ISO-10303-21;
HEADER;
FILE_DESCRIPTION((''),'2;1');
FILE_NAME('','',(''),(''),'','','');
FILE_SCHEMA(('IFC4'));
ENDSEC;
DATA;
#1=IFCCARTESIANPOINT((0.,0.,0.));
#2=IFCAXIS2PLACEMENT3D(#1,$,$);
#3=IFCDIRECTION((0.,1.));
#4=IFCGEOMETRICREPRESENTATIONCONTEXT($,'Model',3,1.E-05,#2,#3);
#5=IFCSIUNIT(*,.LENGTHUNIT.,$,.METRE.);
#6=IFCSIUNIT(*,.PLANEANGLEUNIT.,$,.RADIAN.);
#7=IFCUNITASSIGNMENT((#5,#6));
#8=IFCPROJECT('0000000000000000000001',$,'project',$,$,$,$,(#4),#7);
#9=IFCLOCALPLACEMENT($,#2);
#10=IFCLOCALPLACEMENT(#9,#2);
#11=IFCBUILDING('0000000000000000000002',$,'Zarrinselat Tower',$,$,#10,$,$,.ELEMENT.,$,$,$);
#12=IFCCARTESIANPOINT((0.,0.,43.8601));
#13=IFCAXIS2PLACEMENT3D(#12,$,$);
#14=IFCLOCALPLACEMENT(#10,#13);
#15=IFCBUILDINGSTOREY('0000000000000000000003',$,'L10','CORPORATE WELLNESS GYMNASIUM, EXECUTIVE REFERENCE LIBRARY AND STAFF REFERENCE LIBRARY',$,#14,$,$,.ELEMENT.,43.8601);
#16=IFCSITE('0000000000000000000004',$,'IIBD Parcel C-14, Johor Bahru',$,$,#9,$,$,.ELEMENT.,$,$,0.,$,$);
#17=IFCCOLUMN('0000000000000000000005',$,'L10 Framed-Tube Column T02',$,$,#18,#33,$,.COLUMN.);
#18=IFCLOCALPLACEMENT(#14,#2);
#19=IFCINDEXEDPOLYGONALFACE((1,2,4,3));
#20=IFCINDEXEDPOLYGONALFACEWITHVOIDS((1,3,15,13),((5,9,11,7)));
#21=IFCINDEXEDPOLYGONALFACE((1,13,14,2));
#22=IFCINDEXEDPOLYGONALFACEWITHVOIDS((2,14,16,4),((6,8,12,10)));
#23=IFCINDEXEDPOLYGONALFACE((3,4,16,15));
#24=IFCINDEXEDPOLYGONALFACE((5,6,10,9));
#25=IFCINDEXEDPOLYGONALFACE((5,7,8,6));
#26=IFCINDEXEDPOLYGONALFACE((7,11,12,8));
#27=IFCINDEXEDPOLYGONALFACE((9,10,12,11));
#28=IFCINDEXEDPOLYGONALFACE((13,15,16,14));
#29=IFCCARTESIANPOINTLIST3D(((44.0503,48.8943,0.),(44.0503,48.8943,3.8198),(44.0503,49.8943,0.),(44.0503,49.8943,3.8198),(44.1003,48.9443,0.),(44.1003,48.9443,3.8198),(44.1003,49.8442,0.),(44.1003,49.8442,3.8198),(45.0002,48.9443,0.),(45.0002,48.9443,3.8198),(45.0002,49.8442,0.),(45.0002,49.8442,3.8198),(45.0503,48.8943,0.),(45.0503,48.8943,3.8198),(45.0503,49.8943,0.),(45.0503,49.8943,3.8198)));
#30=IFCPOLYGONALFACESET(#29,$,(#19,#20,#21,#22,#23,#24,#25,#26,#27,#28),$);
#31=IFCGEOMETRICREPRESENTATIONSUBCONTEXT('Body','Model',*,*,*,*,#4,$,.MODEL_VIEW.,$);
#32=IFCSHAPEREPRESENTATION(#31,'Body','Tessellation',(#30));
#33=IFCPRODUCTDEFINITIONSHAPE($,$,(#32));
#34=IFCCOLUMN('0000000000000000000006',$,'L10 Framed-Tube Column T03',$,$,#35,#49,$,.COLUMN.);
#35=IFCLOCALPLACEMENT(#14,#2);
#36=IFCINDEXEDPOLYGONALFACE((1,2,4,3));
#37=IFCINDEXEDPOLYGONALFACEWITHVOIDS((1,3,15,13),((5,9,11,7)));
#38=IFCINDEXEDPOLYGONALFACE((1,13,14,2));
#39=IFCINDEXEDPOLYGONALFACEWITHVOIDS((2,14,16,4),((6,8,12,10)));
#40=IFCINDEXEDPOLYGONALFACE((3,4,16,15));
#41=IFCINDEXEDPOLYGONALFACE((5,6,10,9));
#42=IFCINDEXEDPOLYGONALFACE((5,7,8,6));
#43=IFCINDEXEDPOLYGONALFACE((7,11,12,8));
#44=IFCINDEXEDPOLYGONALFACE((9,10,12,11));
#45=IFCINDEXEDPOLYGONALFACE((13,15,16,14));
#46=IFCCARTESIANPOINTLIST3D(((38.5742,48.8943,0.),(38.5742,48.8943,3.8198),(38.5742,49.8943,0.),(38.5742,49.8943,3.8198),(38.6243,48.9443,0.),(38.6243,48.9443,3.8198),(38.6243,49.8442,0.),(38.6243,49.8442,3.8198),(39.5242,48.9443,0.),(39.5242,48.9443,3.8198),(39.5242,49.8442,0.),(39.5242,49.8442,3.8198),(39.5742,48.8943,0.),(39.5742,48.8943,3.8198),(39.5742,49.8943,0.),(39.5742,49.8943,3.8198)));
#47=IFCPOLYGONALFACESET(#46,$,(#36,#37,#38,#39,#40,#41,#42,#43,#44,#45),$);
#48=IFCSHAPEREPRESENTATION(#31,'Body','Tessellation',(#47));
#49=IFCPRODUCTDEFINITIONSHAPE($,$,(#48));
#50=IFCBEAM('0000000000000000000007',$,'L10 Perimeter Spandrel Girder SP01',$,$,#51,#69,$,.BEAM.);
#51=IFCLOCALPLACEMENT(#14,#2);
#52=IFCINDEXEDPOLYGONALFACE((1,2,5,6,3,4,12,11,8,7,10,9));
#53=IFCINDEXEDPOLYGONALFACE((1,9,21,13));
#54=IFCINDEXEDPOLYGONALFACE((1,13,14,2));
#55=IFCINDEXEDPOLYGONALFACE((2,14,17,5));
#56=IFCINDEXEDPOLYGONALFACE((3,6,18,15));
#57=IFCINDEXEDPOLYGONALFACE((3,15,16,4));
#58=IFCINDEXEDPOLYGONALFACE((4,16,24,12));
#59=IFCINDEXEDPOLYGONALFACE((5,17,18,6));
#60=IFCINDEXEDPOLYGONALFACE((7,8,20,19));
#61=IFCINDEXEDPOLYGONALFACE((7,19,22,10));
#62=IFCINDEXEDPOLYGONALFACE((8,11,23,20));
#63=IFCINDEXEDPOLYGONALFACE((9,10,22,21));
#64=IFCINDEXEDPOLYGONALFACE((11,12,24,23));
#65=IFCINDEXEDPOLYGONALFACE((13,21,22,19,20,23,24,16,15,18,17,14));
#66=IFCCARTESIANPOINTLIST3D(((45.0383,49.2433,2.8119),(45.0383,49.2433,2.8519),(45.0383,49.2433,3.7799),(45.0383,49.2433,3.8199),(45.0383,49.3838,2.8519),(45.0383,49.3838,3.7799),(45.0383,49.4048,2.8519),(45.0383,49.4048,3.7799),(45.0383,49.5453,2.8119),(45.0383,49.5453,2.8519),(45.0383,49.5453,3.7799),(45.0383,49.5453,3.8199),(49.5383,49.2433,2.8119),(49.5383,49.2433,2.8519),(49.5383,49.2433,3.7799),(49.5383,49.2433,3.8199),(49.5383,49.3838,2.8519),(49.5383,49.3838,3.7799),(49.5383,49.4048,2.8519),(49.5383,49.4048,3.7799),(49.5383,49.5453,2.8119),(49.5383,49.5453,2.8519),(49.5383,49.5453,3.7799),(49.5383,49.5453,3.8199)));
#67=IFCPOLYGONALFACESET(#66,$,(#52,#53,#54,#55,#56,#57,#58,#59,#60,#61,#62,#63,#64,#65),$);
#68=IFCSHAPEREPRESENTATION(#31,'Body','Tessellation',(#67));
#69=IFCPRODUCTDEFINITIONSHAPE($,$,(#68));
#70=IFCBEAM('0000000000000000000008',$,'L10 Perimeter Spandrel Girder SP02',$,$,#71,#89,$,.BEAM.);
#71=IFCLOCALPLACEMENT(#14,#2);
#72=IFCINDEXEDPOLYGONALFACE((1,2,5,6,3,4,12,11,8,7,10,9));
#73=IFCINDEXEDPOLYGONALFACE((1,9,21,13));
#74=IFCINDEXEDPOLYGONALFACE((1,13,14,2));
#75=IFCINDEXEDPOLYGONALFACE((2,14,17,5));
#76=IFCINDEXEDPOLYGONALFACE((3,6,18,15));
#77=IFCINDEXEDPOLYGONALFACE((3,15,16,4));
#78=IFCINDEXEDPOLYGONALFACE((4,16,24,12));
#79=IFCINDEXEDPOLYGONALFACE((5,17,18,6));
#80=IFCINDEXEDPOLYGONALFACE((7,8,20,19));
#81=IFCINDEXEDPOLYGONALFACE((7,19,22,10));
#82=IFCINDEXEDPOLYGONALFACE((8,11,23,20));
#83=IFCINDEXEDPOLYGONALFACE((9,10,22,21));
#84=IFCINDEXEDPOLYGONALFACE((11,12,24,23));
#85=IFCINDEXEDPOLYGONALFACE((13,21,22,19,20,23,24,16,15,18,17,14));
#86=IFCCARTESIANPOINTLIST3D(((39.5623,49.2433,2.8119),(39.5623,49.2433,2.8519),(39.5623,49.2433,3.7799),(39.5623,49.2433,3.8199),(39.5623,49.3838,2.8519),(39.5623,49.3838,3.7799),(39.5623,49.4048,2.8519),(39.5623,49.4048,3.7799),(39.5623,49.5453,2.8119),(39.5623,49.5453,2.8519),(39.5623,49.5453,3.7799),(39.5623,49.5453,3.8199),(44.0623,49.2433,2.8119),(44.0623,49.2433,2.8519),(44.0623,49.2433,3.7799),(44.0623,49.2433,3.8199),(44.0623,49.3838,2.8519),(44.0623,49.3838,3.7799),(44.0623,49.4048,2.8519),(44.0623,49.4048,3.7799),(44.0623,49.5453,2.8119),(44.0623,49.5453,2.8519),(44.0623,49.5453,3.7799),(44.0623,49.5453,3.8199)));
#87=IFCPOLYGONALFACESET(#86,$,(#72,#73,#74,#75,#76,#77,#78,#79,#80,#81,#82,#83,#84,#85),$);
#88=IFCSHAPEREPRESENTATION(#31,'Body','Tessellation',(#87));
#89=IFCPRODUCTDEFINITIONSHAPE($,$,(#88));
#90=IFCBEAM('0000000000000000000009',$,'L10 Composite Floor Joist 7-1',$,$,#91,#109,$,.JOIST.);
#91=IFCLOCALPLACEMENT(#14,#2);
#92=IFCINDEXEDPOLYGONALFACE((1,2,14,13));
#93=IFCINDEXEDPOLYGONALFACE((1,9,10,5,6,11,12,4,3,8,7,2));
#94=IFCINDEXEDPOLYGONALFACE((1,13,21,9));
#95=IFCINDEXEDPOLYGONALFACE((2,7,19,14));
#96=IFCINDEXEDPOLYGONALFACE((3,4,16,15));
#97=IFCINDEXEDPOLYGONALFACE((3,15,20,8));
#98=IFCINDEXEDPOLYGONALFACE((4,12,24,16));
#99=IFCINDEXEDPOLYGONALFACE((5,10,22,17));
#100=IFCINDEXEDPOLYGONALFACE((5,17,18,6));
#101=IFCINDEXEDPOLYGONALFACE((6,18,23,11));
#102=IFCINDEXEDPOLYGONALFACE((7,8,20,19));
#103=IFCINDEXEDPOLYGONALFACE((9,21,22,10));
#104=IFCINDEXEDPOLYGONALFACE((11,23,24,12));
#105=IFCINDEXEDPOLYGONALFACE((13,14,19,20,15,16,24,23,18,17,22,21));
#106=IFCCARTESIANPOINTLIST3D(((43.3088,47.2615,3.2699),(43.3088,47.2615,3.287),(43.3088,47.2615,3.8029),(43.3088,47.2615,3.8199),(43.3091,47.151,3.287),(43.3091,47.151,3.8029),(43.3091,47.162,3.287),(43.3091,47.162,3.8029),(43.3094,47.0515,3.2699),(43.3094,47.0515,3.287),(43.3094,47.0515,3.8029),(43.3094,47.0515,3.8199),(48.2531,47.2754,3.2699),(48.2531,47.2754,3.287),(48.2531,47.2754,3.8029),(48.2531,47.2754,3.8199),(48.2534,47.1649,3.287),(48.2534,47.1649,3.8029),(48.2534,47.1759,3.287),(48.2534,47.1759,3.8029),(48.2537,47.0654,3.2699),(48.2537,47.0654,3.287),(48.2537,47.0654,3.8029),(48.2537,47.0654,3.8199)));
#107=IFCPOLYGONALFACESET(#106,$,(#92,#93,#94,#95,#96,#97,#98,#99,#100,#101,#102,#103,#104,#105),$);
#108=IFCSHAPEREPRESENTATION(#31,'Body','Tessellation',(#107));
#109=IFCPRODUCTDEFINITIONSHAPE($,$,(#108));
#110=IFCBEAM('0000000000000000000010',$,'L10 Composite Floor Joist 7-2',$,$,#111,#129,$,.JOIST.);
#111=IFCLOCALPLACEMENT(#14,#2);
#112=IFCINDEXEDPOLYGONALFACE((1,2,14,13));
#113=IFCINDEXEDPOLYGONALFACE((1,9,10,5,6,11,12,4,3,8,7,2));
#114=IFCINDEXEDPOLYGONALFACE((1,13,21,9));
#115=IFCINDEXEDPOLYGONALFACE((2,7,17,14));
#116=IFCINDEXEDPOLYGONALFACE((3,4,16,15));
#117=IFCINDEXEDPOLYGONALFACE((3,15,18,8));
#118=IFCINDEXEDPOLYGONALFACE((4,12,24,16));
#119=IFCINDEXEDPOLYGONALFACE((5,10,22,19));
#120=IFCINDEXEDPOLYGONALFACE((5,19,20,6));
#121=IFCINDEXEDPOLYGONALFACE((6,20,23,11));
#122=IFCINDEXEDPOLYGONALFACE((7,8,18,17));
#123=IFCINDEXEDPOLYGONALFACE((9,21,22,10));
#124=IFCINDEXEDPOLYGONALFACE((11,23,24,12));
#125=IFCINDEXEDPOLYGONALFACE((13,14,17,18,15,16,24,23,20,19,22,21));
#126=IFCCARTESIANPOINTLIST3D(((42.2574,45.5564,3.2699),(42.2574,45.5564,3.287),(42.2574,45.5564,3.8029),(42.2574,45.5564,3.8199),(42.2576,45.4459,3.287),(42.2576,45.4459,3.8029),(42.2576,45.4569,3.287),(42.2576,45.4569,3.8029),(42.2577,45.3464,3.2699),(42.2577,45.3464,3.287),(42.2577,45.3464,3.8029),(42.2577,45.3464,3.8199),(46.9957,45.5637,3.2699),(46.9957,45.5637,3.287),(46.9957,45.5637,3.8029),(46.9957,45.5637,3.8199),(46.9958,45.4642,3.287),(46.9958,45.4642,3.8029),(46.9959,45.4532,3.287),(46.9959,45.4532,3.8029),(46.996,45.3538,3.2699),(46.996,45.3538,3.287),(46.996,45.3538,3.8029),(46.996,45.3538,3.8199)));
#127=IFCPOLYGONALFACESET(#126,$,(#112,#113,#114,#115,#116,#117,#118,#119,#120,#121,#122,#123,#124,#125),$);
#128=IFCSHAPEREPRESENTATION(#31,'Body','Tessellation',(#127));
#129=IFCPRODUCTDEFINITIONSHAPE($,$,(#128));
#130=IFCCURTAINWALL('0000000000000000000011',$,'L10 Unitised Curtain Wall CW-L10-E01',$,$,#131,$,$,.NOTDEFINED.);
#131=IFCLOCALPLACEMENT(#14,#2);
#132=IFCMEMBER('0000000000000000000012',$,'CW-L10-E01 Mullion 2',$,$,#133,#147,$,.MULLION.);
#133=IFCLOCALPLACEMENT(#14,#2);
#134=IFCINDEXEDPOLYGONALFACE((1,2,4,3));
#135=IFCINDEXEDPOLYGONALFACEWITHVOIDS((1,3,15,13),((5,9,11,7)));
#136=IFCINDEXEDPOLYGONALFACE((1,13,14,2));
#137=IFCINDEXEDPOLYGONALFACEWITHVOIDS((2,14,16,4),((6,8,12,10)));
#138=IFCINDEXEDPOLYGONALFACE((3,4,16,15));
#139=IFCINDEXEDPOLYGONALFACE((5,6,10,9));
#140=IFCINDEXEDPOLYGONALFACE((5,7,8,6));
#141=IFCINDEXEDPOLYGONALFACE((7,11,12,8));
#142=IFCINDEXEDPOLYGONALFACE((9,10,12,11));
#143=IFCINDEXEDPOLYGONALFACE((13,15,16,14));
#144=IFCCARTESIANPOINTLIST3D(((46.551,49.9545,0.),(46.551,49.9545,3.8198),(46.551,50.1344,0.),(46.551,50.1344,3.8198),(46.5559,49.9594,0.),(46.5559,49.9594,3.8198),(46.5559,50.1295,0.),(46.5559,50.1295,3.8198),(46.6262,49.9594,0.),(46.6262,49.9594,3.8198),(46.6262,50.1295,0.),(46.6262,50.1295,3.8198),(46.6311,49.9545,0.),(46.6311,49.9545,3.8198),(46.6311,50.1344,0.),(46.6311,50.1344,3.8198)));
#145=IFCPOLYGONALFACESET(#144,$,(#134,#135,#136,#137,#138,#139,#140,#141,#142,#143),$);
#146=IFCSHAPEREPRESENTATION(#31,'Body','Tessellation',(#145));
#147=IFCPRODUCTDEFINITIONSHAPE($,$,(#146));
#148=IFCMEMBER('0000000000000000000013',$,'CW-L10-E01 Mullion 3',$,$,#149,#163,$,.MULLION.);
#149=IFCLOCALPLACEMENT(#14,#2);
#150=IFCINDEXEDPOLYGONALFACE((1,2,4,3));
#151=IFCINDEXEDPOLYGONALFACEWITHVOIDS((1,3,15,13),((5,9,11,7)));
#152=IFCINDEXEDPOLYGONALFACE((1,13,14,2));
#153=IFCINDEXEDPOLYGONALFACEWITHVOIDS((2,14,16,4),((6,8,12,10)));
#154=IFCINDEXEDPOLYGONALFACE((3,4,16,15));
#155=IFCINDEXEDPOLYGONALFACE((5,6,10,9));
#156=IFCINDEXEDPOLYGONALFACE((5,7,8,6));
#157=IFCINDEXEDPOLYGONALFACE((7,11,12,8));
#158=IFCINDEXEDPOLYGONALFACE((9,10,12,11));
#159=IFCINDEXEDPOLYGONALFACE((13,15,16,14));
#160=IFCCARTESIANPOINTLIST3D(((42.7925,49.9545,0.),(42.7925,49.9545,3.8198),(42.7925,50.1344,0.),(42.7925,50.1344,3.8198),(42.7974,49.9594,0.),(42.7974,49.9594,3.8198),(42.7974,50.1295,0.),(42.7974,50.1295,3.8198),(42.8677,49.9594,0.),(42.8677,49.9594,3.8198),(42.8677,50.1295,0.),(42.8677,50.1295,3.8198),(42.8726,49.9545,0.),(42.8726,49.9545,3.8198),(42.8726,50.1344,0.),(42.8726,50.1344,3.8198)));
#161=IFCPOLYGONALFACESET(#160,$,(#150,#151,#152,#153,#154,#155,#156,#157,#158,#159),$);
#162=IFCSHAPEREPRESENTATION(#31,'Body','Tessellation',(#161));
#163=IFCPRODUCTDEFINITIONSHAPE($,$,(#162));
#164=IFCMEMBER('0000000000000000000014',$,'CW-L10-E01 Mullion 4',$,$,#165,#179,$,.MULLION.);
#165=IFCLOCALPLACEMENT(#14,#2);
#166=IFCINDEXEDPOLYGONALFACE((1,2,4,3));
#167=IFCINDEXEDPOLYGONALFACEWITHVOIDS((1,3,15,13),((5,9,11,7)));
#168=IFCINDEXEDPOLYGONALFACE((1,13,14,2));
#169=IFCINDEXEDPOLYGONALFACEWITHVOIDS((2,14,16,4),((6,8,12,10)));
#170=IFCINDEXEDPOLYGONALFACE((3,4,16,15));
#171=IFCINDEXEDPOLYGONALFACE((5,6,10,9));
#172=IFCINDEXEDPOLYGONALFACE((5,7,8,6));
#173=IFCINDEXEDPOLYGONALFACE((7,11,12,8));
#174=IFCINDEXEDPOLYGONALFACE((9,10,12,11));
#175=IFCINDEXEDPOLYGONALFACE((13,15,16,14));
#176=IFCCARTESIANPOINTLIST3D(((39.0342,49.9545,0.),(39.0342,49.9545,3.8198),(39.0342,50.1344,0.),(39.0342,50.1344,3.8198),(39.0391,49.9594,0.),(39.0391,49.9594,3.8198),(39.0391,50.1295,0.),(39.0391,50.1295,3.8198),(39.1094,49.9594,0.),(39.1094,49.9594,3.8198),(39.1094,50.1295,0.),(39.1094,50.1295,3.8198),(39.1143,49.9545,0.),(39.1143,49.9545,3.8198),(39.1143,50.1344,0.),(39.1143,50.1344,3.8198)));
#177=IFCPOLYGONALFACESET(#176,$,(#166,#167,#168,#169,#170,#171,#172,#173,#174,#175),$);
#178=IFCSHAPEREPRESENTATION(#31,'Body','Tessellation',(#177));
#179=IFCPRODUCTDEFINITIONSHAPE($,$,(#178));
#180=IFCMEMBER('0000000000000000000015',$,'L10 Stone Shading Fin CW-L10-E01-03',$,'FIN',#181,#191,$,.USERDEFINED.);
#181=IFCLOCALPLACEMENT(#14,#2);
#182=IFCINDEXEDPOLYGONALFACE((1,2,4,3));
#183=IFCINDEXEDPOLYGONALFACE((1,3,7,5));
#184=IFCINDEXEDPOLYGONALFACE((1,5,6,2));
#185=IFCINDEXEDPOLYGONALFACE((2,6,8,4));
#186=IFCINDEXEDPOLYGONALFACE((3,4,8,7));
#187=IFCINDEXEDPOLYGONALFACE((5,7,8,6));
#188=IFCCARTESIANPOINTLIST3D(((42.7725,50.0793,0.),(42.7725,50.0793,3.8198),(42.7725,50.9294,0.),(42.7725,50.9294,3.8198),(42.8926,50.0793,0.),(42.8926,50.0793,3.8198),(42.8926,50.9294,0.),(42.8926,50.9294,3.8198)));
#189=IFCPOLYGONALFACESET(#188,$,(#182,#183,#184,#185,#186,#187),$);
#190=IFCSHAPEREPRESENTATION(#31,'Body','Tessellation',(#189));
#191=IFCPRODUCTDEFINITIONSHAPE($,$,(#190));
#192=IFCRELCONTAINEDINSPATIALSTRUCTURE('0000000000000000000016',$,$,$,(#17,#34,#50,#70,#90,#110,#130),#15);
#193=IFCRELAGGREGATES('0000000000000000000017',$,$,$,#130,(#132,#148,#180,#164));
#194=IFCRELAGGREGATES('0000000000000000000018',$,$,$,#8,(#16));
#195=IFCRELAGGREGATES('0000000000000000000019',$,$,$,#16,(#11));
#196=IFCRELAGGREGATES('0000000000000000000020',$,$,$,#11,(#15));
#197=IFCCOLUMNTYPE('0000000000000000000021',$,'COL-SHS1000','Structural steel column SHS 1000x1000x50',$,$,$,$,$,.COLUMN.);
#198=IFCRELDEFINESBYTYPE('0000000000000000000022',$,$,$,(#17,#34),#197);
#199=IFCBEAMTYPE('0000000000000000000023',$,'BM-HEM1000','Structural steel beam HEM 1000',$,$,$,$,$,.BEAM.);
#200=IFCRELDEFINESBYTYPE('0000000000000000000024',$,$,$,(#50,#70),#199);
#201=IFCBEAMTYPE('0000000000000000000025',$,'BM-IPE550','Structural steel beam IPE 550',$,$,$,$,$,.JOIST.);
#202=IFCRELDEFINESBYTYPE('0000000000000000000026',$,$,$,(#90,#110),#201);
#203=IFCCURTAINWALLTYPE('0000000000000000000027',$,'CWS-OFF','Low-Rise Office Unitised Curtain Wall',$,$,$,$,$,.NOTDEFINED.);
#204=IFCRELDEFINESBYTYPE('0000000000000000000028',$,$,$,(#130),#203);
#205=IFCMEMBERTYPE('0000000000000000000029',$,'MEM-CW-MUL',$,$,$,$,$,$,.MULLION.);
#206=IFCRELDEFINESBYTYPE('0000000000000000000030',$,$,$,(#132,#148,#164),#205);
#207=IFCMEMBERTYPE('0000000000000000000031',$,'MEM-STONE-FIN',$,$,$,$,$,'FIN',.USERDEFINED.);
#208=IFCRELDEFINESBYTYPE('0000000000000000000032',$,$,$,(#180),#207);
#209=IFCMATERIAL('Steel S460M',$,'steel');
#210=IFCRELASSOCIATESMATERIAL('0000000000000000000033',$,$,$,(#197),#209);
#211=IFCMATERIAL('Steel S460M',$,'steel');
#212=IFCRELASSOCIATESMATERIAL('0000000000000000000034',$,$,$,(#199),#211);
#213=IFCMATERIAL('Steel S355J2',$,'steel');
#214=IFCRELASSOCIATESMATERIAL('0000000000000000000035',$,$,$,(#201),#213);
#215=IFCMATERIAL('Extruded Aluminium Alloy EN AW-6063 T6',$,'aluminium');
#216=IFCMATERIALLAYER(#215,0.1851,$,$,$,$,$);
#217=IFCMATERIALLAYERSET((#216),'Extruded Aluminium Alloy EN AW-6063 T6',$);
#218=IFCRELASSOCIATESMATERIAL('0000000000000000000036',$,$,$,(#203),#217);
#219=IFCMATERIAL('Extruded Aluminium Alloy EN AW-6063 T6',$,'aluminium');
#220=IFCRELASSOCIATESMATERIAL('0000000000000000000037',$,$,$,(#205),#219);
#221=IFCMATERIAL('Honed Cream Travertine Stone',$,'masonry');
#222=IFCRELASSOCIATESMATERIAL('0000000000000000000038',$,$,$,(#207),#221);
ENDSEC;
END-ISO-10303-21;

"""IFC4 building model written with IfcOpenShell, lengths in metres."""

from ifc_helpers import new_model, si_unit, direction, frame, origin, origin_2d, place, context, subcontext, project, spatial, rectangle, hollow_rectangle, i_section, extrude, material, layer, layer_set, material_profile, profile_set, type_object, element, aggregate, save


model = new_model("IFC4")

# Units and contexts
model_context = context("Model", 3, precision=1e-05, world=origin(), true_north=direction((0.0, 1.0)))
body_context = subcontext(model_context, "Body", "Model", "MODEL_VIEW")
ifc_project = project(units=[si_unit("LENGTHUNIT", "METRE"), si_unit("PLANEANGLEUNIT", "RADIAN")], contexts=[model_context])

# Site, building, storey
site_placement = place(None, origin())
site = spatial("IfcSite", under=ifc_project, at=site_placement, Name="IIBD Parcel C-14, Johor Bahru", CompositionType="ELEMENT", RefElevation=0.0)
building_placement = place(site_placement, origin())
building = spatial("IfcBuilding", under=site, at=building_placement, Name="Zarrinselat Tower", CompositionType="ELEMENT")
storey_placement = place(building_placement, frame((0.0, 0.0, 43.8601)))
storey = spatial("IfcBuildingStorey", under=building, at=storey_placement, Name="L10", Description="CORPORATE WELLNESS GYMNASIUM, EXECUTIVE REFERENCE LIBRARY AND STAFF REFERENCE LIBRARY", CompositionType="ELEMENT", Elevation=43.8601)

# Columns
ifc_material_1 = material(Name="Steel S460M", Category="steel")
ifc_material_profile_1 = material_profile(ifc_material_1, hollow_rectangle(XDim=1.0, YDim=1.0, WallThickness=0.05, at=origin_2d()), Name="SHS 1000x1000x50")
ifc_profile_set_1 = profile_set([ifc_material_profile_1], Name="Steel S460M")
column_type = type_object("IfcColumnType", Name="COL-SHS1000", Description="Structural steel column SHS 1000x1000x50", PredefinedType="COLUMN", material=ifc_profile_set_1)
for number, where, z_axis, x_axis, name in (
    (1, (44.5503, 49.3943, 0.0), (0.0, 0.0, 1.0), (1.0, 0.0, 0.0), "L10 Framed-Tube Column T02"),
    (2, (39.0742, 49.3943, 0.0), (0.0, 0.0, 1.0), (1.0, 0.0, 0.0), "L10 Framed-Tube Column T03"),
):
    element("IfcColumn", number, at=place(storey_placement, frame(where, z_axis=z_axis, x_axis=x_axis)), inside=storey, type_object=column_type, Name=name, PredefinedType="COLUMN", context=body_context, shape_type="SweptSolid", body=[
        extrude(hollow_rectangle(XDim=1.0, YDim=1.0, WallThickness=0.05, at=origin_2d()), origin(), (0.0, 0.0, 1.0), 3.8198),
    ])

# Beams
ifc_material_2 = material(Name="Steel S460M", Category="steel")
ifc_material_profile_2 = material_profile(ifc_material_2, i_section(OverallWidth=0.302, OverallDepth=1.0081, WebThickness=0.021, FlangeThickness=0.04, at=origin_2d()), Name="HEM 1000")
ifc_profile_set_2 = profile_set([ifc_material_profile_2], Name="Steel S460M")
beam_type_1 = type_object("IfcBeamType", Name="BM-HEM1000", Description="Structural steel beam HEM 1000", PredefinedType="BEAM", material=ifc_profile_set_2)
for number, where, z_axis, x_axis, name in (
    (3, (45.0383, 49.3943, 3.3159), (1.0, 0.0, 0.0), (0.0, 1.0, 0.0), "L10 Perimeter Spandrel Girder SP01"),
    (4, (39.5623, 49.3943, 3.3159), (1.0, 0.0, 0.0), (0.0, 1.0, 0.0), "L10 Perimeter Spandrel Girder SP02"),
):
    element("IfcBeam", number, at=place(storey_placement, frame(where, z_axis=z_axis, x_axis=x_axis)), inside=storey, type_object=beam_type_1, Name=name, PredefinedType="BEAM", context=body_context, shape_type="SweptSolid", body=[
        extrude(i_section(OverallWidth=0.302, OverallDepth=1.0081, WebThickness=0.021, FlangeThickness=0.04, at=origin_2d()), origin(), (0.0, 0.0, 1.0), 4.5),
    ])
ifc_material_3 = material(Name="Steel S355J2", Category="steel")
ifc_material_profile_3 = material_profile(ifc_material_3, i_section(OverallWidth=0.21, OverallDepth=0.55, WebThickness=0.011, FlangeThickness=0.0171, at=origin_2d()), Name="IPE 550")
ifc_profile_set_3 = profile_set([ifc_material_profile_3], Name="Steel S355J2")
beam_type_2 = type_object("IfcBeamType", Name="BM-IPE550", Description="Structural steel beam IPE 550", PredefinedType="JOIST", material=ifc_profile_set_3)
beam_1_placement = place(storey_placement, frame((43.3091, 47.1565, 3.5449), z_axis=(0.999996, 0.002815, 0.0), x_axis=(-0.002815, 0.999996, 0.0)))
element("IfcBeam", 5, at=beam_1_placement, inside=storey, type_object=beam_type_2, Name="L10 Composite Floor Joist 7-1", PredefinedType="JOIST", context=body_context, shape_type="SweptSolid", body=[
    extrude(i_section(OverallWidth=0.21, OverallDepth=0.55, WebThickness=0.011, FlangeThickness=0.0171, at=origin_2d()), origin(), (0.0, 0.0, 1.0), 4.9443),
])
beam_2_placement = place(storey_placement, frame((42.2576, 45.4514, 3.5449), z_axis=(0.999999, 0.001546, 0.0), x_axis=(-0.001546, 0.999999, 0.0)))
element("IfcBeam", 6, at=beam_2_placement, inside=storey, type_object=beam_type_2, Name="L10 Composite Floor Joist 7-2", PredefinedType="JOIST", context=body_context, shape_type="SweptSolid", body=[
    extrude(i_section(OverallWidth=0.21, OverallDepth=0.55, WebThickness=0.011, FlangeThickness=0.0171, at=origin_2d()), origin(), (0.0, 0.0, 1.0), 4.7383),
])

# Curtain wall, members
ifc_material_4 = material(Name="Extruded Aluminium Alloy EN AW-6063 T6", Category="aluminium")
ifc_layer_1 = layer(ifc_material_4, 0.1851)
ifc_layer_set_1 = layer_set([ifc_layer_1], Name="Extruded Aluminium Alloy EN AW-6063 T6")
curtain_wall_type = type_object("IfcCurtainWallType", Name="CWS-OFF", Description="Low-Rise Office Unitised Curtain Wall", PredefinedType="NOTDEFINED", material=ifc_layer_set_1)
curtain_wall_placement = place(storey_placement, origin())
curtain_wall = element("IfcCurtainWall", 7, at=curtain_wall_placement, inside=storey, type_object=curtain_wall_type, Name="L10 Unitised Curtain Wall CW-L10-E01", PredefinedType="NOTDEFINED")
ifc_material_5 = material(Name="Extruded Aluminium Alloy EN AW-6063 T6", Category="aluminium")
ifc_material_profile_4 = material_profile(ifc_material_5, hollow_rectangle(XDim=0.0801, YDim=0.1799, WallThickness=0.0049, at=origin_2d()), Name="RHS 180x80x5")
ifc_profile_set_4 = profile_set([ifc_material_profile_4], Name="Extruded Aluminium Alloy EN AW-6063 T6")
member_type_1 = type_object("IfcMemberType", Name="MEM-CW-MUL", PredefinedType="MULLION", material=ifc_profile_set_4)
member_1_placement = place(storey_placement, frame((46.5911, 50.0444, 0.0), z_axis=(0.0, 0.0, 1.0), x_axis=(-1.0, 0.0, 0.0)))
member_1 = element("IfcMember", 8, at=member_1_placement, type_object=member_type_1, Name="CW-L10-E01 Mullion 2", PredefinedType="MULLION", context=body_context, shape_type="SweptSolid", body=[
    extrude(hollow_rectangle(XDim=0.0801, YDim=0.1799, WallThickness=0.0049, at=origin_2d()), origin(), (0.0, 0.0, 1.0), 3.8198),
])
member_2_placement = place(storey_placement, frame((42.8325, 50.0444, 0.0), z_axis=(0.0, 0.0, 1.0), x_axis=(-1.0, 0.0, 0.0)))
member_2 = element("IfcMember", 9, at=member_2_placement, type_object=member_type_1, Name="CW-L10-E01 Mullion 3", PredefinedType="MULLION", context=body_context, shape_type="SweptSolid", body=[
    extrude(hollow_rectangle(XDim=0.0801, YDim=0.1799, WallThickness=0.0049, at=origin_2d()), origin(), (0.0, 0.0, 1.0), 3.8198),
])
member_3_placement = place(storey_placement, frame((39.0742, 50.0444, 0.0), z_axis=(0.0, 0.0, 1.0), x_axis=(-1.0, 0.0, 0.0)))
member_3 = element("IfcMember", 10, at=member_3_placement, type_object=member_type_1, Name="CW-L10-E01 Mullion 4", PredefinedType="MULLION", context=body_context, shape_type="SweptSolid", body=[
    extrude(hollow_rectangle(XDim=0.0801, YDim=0.1799, WallThickness=0.0049, at=origin_2d()), origin(), (0.0, 0.0, 1.0), 3.8198),
])
ifc_material_6 = material(Name="Honed Cream Travertine Stone", Category="masonry")
ifc_material_profile_5 = material_profile(ifc_material_6, rectangle(XDim=0.1201, YDim=0.8501, at=origin_2d()), Name="FIN 850x120")
ifc_profile_set_5 = profile_set([ifc_material_profile_5], Name="Honed Cream Travertine Stone")
member_type_2 = type_object("IfcMemberType", Name="MEM-STONE-FIN", ElementType="FIN", PredefinedType="USERDEFINED", material=ifc_profile_set_5)
member_4_placement = place(storey_placement, frame((42.8325, 50.5044, 0.0), z_axis=(0.0, 0.0, 1.0), x_axis=(1.0, 0.0, 0.0)))
member_4 = element("IfcMember", 11, at=member_4_placement, type_object=member_type_2, Name="L10 Stone Shading Fin CW-L10-E01-03", ObjectType="FIN", PredefinedType="USERDEFINED", context=body_context, shape_type="SweptSolid", body=[
    extrude(rectangle(XDim=0.1201, YDim=0.8501, at=origin_2d()), origin(), (0.0, 0.0, 1.0), 3.8198),
])
aggregate(curtain_wall, [member_1, member_2, member_4, member_3])

save(model, "model.ifc")
